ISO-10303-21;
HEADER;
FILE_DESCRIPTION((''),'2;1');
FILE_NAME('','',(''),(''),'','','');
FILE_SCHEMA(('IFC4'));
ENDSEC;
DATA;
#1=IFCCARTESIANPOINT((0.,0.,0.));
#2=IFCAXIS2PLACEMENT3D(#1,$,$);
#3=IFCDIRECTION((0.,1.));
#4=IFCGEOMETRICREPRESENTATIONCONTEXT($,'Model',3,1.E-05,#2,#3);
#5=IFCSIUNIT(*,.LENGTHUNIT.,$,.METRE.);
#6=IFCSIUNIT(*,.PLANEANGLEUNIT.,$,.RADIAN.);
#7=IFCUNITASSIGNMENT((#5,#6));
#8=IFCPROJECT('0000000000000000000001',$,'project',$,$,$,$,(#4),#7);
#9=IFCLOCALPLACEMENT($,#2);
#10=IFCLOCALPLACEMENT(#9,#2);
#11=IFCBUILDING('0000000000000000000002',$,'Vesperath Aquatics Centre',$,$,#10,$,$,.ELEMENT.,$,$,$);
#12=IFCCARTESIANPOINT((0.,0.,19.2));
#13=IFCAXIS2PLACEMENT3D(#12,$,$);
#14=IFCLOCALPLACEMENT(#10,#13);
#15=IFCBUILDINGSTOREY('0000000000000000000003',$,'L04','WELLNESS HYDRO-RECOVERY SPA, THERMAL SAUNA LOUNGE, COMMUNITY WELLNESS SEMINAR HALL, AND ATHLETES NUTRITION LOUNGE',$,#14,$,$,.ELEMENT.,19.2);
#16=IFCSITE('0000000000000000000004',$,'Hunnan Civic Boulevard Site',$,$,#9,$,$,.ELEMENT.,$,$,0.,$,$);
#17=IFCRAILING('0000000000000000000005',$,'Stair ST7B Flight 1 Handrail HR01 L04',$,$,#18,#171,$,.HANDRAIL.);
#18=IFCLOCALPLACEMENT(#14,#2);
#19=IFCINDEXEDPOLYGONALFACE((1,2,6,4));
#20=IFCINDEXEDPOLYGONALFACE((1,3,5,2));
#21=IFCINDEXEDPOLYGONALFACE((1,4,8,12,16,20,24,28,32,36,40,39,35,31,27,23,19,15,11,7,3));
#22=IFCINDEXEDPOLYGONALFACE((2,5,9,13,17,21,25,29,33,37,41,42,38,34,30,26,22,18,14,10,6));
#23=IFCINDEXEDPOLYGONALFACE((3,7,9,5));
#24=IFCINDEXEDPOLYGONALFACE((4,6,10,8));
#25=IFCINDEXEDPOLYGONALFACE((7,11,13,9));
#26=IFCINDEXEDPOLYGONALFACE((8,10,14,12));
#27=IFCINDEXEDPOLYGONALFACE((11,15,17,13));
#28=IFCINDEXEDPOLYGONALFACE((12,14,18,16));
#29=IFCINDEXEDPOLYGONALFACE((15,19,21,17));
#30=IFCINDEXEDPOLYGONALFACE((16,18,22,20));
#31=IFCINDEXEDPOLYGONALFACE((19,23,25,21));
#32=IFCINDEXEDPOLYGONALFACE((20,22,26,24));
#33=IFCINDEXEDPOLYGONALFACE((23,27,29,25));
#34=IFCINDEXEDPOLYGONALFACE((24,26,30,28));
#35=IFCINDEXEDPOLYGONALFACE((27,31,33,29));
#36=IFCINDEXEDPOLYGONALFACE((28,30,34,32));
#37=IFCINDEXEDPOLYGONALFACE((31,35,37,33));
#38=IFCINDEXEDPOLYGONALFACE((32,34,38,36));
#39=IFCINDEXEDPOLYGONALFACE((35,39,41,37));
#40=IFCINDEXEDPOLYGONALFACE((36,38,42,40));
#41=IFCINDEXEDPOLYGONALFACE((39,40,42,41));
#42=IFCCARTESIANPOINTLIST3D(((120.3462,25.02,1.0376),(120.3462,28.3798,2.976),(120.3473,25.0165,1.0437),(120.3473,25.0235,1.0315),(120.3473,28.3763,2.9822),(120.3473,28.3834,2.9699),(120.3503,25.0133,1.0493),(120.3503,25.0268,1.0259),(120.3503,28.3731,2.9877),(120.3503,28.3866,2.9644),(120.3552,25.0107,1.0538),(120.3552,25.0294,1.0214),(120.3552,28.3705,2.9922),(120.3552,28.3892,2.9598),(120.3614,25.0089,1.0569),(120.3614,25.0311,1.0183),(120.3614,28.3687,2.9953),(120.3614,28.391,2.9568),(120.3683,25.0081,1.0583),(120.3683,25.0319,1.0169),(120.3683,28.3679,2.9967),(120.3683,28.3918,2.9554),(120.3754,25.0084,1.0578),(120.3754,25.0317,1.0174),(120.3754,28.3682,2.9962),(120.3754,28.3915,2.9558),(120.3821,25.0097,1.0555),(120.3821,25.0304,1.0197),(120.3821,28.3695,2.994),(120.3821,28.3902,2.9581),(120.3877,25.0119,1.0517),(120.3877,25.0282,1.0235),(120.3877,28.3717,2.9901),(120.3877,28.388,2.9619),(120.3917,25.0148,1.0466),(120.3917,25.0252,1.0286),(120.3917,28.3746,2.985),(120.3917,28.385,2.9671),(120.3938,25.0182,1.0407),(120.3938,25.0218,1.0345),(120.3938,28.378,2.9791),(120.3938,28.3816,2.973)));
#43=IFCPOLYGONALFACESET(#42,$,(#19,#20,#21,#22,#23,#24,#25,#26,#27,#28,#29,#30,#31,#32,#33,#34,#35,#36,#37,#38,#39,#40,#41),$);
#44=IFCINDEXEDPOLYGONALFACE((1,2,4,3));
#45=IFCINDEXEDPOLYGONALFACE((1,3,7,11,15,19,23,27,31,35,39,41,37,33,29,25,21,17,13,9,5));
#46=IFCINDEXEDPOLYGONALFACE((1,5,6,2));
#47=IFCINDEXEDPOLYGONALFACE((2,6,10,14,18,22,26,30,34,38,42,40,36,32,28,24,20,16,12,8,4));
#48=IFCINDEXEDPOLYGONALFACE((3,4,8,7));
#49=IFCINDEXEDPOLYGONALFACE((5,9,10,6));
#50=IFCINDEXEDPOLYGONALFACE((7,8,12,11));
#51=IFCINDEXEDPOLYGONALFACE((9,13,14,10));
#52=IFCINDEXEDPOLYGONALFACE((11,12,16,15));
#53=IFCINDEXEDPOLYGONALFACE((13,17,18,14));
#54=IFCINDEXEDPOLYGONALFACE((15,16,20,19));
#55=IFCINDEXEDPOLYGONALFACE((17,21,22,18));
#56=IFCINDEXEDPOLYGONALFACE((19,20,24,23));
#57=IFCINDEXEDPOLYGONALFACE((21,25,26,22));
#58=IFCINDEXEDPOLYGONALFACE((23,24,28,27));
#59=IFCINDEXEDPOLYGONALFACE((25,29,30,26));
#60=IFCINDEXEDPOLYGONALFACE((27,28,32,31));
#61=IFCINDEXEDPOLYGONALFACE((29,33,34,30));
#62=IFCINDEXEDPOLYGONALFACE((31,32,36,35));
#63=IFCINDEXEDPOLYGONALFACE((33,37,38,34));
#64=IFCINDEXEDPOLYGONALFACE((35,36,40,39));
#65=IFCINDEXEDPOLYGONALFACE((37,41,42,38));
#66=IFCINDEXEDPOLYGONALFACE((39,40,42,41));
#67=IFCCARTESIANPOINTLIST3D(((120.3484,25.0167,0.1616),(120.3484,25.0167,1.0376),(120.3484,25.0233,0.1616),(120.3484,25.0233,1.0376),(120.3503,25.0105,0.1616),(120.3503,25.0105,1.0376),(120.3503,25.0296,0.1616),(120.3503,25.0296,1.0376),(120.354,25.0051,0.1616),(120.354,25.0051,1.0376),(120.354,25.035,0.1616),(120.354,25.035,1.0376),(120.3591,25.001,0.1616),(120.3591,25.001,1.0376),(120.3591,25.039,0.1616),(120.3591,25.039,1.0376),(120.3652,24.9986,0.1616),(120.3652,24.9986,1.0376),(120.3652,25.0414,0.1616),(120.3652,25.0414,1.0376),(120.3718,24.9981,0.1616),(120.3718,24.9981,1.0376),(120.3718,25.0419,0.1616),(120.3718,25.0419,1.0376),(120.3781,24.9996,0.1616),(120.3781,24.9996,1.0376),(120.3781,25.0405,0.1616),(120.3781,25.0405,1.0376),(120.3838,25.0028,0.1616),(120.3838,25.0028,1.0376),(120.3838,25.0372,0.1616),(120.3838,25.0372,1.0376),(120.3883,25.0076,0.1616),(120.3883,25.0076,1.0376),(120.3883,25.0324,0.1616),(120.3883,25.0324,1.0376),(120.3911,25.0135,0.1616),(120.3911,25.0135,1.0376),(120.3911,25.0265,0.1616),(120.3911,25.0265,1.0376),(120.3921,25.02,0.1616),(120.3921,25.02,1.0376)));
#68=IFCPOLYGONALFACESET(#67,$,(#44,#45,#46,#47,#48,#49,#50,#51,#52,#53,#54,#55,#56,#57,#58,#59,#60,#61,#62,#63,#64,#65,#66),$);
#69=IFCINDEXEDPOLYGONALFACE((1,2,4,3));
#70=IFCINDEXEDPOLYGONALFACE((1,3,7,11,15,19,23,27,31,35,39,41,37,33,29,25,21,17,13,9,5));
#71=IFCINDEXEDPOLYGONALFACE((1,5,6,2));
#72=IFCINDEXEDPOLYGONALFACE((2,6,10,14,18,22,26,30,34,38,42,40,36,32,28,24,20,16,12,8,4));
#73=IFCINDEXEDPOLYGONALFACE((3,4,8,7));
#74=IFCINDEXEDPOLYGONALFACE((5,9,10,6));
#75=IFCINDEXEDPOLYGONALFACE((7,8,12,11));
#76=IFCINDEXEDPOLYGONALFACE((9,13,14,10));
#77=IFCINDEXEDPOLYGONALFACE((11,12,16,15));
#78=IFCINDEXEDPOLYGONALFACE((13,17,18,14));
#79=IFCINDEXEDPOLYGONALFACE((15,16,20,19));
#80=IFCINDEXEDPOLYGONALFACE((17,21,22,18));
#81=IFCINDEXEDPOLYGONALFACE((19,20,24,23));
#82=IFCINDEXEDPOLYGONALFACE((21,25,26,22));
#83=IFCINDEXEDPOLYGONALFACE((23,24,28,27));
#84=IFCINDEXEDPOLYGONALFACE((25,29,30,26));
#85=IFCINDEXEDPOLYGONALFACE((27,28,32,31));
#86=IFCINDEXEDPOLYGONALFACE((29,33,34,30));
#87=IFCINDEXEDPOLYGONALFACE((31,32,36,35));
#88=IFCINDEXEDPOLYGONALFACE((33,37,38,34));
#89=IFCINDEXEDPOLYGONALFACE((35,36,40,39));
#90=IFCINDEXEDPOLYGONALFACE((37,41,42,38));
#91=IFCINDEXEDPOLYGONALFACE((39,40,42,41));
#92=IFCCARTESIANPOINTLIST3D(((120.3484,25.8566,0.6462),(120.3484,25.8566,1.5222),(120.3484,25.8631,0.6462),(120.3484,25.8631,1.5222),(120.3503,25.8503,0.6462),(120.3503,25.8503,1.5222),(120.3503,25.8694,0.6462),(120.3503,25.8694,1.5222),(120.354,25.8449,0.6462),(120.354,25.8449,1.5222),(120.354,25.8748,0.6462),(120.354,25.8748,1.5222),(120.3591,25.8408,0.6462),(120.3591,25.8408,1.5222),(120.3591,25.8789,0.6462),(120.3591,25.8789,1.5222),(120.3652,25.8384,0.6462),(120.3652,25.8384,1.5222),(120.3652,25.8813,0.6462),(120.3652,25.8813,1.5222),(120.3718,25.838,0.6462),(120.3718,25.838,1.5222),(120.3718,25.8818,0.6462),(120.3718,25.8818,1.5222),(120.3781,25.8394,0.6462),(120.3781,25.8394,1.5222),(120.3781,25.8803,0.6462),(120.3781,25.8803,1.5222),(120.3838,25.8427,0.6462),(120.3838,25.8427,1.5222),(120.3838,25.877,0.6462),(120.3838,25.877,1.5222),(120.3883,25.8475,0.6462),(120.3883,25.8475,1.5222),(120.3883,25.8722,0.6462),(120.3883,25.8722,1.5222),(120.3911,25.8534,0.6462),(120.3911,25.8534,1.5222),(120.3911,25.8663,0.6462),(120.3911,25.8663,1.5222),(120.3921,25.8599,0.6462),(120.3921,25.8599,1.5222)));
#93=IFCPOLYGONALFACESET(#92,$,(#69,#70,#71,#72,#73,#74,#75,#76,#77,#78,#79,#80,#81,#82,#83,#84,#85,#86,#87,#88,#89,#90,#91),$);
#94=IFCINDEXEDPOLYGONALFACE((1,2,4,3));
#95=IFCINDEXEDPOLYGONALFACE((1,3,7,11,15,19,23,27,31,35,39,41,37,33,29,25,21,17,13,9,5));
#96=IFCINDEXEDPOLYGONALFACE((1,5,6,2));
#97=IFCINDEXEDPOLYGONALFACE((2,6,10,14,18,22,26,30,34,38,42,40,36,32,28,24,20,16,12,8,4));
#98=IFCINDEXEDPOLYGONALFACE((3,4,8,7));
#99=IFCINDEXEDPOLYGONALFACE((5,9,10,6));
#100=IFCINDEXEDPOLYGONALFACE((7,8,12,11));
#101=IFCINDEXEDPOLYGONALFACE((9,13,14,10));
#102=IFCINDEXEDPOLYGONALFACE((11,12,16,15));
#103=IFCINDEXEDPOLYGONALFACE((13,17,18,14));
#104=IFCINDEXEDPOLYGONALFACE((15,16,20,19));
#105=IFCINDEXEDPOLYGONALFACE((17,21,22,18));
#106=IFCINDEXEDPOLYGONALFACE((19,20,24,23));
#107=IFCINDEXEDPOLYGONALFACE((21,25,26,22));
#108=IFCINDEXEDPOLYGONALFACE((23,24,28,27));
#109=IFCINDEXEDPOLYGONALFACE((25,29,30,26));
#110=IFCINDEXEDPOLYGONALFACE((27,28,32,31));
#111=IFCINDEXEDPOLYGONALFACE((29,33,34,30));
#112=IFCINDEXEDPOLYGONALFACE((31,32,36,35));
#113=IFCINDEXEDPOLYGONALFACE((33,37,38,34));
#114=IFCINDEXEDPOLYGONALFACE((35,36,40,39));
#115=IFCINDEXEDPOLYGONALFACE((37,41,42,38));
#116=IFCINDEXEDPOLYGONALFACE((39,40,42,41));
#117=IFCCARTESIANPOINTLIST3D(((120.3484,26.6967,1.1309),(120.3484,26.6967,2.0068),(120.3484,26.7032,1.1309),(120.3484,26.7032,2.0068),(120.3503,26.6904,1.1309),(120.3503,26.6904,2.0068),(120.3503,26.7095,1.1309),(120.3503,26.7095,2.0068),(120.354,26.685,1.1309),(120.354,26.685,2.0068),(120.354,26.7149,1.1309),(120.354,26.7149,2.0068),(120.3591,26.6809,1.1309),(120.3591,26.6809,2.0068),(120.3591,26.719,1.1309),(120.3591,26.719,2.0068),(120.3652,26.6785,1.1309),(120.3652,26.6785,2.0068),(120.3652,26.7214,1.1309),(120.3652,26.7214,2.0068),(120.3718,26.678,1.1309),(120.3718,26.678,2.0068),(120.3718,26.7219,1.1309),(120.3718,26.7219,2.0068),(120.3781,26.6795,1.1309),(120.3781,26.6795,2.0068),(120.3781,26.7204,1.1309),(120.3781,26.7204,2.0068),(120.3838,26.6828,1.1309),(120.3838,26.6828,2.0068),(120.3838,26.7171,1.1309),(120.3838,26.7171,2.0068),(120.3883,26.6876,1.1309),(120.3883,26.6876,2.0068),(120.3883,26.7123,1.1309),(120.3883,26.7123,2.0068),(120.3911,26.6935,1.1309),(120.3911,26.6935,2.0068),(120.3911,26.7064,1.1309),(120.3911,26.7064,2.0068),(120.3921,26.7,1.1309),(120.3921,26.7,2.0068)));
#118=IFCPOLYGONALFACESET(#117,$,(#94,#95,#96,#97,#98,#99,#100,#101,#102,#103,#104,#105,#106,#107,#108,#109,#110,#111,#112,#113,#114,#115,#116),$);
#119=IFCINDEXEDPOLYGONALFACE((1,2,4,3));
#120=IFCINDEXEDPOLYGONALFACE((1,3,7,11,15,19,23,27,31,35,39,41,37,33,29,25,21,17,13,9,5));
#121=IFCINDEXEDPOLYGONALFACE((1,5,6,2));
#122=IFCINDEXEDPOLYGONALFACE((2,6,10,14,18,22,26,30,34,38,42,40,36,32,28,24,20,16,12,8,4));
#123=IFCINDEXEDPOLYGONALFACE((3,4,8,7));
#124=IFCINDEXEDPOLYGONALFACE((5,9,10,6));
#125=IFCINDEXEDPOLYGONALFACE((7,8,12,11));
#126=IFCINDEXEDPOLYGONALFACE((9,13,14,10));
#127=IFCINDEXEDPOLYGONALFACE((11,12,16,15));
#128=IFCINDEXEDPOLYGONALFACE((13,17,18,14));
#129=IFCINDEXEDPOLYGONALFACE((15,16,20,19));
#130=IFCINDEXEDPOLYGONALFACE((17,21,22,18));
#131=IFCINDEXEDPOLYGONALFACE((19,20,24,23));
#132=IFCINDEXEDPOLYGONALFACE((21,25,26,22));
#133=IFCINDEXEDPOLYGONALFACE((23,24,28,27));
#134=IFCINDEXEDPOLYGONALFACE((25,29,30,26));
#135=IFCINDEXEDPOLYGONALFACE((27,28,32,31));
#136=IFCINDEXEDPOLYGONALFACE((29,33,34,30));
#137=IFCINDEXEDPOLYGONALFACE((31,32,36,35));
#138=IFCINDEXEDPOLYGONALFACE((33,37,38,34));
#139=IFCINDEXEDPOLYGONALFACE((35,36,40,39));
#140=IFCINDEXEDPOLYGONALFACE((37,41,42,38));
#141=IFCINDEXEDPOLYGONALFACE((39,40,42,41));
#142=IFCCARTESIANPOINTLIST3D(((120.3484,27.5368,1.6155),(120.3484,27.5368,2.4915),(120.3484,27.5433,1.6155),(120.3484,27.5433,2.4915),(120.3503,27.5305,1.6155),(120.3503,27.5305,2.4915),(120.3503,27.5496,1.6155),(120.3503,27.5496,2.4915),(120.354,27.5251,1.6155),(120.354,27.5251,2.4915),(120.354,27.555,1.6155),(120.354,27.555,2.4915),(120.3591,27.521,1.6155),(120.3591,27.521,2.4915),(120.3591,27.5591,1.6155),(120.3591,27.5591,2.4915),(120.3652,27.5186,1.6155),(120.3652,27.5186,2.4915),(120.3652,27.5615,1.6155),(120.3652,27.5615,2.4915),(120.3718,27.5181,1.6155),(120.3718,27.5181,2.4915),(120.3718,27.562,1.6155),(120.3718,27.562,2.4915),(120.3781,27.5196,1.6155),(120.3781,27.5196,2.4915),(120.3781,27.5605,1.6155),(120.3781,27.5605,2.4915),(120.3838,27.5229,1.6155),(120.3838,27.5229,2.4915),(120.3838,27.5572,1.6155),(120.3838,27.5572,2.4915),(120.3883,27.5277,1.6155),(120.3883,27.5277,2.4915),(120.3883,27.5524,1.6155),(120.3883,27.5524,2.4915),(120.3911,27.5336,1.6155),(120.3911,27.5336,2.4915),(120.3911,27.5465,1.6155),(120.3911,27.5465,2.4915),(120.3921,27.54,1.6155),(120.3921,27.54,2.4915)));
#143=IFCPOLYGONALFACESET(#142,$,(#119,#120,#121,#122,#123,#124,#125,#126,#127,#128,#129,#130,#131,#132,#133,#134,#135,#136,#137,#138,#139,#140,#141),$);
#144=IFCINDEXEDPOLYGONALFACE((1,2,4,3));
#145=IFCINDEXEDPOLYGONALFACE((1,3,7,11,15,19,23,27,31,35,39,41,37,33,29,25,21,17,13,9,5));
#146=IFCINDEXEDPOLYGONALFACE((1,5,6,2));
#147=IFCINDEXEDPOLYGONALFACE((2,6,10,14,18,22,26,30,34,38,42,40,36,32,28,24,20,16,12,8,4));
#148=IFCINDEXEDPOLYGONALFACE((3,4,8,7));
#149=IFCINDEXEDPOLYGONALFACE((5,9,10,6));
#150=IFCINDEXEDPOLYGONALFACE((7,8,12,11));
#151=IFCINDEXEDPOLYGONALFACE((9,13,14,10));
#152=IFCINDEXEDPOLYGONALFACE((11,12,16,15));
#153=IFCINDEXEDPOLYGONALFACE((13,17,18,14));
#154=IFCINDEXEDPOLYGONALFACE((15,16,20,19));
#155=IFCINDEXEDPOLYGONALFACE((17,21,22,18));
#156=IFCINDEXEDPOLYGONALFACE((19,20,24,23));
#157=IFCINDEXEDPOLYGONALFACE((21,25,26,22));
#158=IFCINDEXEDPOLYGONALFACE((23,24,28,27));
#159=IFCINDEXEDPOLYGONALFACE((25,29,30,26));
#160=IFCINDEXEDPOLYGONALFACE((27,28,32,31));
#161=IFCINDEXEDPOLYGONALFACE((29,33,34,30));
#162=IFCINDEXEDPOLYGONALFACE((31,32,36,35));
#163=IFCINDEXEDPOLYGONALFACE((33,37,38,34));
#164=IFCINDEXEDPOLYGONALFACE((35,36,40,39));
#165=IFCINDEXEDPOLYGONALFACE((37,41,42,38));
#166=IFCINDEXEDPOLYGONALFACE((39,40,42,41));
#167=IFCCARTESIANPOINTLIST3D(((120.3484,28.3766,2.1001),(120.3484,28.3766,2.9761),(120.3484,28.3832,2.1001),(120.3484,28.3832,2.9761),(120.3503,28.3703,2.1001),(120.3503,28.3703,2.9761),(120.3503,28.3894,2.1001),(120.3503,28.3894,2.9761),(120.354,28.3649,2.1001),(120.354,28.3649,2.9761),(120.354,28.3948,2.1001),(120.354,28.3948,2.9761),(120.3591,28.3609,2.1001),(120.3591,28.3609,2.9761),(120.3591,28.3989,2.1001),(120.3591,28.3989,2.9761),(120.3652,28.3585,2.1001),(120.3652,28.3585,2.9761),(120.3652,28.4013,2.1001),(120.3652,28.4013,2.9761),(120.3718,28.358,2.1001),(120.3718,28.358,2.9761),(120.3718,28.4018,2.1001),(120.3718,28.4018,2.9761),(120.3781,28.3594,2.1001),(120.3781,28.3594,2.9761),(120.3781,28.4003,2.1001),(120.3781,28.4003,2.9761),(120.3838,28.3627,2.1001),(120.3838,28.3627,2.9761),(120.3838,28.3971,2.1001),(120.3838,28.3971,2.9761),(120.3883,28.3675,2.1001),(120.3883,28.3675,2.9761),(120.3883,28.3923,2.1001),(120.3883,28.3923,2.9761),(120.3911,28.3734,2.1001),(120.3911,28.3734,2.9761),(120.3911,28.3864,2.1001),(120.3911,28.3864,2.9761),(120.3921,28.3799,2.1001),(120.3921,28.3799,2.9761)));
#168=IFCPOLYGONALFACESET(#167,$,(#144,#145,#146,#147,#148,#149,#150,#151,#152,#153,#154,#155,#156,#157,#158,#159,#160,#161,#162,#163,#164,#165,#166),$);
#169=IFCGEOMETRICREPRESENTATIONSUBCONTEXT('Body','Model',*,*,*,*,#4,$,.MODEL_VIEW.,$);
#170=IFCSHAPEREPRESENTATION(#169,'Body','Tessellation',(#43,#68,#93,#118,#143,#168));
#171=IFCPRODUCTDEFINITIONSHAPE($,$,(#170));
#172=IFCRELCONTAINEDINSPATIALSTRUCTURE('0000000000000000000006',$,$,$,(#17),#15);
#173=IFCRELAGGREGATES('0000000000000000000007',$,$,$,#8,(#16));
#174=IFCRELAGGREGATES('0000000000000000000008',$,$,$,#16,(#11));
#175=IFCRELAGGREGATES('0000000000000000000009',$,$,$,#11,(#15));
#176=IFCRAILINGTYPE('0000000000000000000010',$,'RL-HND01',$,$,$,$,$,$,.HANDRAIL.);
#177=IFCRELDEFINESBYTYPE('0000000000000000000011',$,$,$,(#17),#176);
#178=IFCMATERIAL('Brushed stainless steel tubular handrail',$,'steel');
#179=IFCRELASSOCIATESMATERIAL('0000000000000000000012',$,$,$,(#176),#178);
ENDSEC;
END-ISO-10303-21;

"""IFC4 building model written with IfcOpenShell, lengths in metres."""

from ifc_helpers import new_model, si_unit, direction, frame, origin, origin_2d, place, context, subcontext, project, spatial, circle, extrude, material, type_object, element, save


model = new_model("IFC4")

# Units and contexts
model_context = context("Model", 3, precision=1e-05, world=origin(), true_north=direction((0.0, 1.0)))
body_context = subcontext(model_context, "Body", "Model", "MODEL_VIEW")
ifc_project = project(units=[si_unit("LENGTHUNIT", "METRE"), si_unit("PLANEANGLEUNIT", "RADIAN")], contexts=[model_context])

# Site, building, storey
site_placement = place(None, origin())
site = spatial("IfcSite", under=ifc_project, at=site_placement, Name="Hunnan Civic Boulevard Site", CompositionType="ELEMENT", RefElevation=0.0)
building_placement = place(site_placement, origin())
building = spatial("IfcBuilding", under=site, at=building_placement, Name="Vesperath Aquatics Centre", CompositionType="ELEMENT")
storey_placement = place(building_placement, frame((0.0, 0.0, 19.2)))
storey = spatial("IfcBuildingStorey", under=building, at=storey_placement, Name="L04", Description="WELLNESS HYDRO-RECOVERY SPA, THERMAL SAUNA LOUNGE, COMMUNITY WELLNESS SEMINAR HALL, AND ATHLETES NUTRITION LOUNGE", CompositionType="ELEMENT", Elevation=19.2)

# Railing
ifc_material_1 = material(Name="Brushed stainless steel tubular handrail", Category="steel")
railing_type_1 = type_object("IfcRailingType", Name="RL-HND01", PredefinedType="HANDRAIL", material=ifc_material_1)
railing_1_placement = place(storey_placement, frame((120.3701, 25.02, 0.1616)))
element("IfcRailing", 1, at=railing_1_placement, inside=storey, type_object=railing_type_1, Name="Stair ST7B Flight 1 Handrail HR01 L04", PredefinedType="HANDRAIL", context=body_context, shape_type="SweptSolid", body=[
    extrude(circle(Radius=0.0239, at=origin_2d()), frame((0.0, 0.0, 0.876), z_axis=(0.0, 0.866175, 0.499741), x_axis=(-1.0, 0.0, 0.0)), (0.0, 0.0, 1.0), 3.8789),
    extrude(circle(Radius=0.022, at=origin_2d()), origin(), (0.0, 0.0, 1.0), 0.876),
    extrude(circle(Radius=0.022, at=origin_2d()), frame((0.0, 0.8398, 0.4846)), (0.0, 0.0, 1.0), 0.876),
    extrude(circle(Radius=0.022, at=origin_2d()), frame((0.0, 1.6799, 0.9692)), (0.0, 0.0, 1.0), 0.876),
    extrude(circle(Radius=0.022, at=origin_2d()), frame((0.0, 2.52, 1.4539)), (0.0, 0.0, 1.0), 0.876),
    extrude(circle(Radius=0.022, at=origin_2d()), frame((0.0, 3.3599, 1.9385)), (0.0, 0.0, 1.0), 0.876),
])

save(model, "model.ifc")
